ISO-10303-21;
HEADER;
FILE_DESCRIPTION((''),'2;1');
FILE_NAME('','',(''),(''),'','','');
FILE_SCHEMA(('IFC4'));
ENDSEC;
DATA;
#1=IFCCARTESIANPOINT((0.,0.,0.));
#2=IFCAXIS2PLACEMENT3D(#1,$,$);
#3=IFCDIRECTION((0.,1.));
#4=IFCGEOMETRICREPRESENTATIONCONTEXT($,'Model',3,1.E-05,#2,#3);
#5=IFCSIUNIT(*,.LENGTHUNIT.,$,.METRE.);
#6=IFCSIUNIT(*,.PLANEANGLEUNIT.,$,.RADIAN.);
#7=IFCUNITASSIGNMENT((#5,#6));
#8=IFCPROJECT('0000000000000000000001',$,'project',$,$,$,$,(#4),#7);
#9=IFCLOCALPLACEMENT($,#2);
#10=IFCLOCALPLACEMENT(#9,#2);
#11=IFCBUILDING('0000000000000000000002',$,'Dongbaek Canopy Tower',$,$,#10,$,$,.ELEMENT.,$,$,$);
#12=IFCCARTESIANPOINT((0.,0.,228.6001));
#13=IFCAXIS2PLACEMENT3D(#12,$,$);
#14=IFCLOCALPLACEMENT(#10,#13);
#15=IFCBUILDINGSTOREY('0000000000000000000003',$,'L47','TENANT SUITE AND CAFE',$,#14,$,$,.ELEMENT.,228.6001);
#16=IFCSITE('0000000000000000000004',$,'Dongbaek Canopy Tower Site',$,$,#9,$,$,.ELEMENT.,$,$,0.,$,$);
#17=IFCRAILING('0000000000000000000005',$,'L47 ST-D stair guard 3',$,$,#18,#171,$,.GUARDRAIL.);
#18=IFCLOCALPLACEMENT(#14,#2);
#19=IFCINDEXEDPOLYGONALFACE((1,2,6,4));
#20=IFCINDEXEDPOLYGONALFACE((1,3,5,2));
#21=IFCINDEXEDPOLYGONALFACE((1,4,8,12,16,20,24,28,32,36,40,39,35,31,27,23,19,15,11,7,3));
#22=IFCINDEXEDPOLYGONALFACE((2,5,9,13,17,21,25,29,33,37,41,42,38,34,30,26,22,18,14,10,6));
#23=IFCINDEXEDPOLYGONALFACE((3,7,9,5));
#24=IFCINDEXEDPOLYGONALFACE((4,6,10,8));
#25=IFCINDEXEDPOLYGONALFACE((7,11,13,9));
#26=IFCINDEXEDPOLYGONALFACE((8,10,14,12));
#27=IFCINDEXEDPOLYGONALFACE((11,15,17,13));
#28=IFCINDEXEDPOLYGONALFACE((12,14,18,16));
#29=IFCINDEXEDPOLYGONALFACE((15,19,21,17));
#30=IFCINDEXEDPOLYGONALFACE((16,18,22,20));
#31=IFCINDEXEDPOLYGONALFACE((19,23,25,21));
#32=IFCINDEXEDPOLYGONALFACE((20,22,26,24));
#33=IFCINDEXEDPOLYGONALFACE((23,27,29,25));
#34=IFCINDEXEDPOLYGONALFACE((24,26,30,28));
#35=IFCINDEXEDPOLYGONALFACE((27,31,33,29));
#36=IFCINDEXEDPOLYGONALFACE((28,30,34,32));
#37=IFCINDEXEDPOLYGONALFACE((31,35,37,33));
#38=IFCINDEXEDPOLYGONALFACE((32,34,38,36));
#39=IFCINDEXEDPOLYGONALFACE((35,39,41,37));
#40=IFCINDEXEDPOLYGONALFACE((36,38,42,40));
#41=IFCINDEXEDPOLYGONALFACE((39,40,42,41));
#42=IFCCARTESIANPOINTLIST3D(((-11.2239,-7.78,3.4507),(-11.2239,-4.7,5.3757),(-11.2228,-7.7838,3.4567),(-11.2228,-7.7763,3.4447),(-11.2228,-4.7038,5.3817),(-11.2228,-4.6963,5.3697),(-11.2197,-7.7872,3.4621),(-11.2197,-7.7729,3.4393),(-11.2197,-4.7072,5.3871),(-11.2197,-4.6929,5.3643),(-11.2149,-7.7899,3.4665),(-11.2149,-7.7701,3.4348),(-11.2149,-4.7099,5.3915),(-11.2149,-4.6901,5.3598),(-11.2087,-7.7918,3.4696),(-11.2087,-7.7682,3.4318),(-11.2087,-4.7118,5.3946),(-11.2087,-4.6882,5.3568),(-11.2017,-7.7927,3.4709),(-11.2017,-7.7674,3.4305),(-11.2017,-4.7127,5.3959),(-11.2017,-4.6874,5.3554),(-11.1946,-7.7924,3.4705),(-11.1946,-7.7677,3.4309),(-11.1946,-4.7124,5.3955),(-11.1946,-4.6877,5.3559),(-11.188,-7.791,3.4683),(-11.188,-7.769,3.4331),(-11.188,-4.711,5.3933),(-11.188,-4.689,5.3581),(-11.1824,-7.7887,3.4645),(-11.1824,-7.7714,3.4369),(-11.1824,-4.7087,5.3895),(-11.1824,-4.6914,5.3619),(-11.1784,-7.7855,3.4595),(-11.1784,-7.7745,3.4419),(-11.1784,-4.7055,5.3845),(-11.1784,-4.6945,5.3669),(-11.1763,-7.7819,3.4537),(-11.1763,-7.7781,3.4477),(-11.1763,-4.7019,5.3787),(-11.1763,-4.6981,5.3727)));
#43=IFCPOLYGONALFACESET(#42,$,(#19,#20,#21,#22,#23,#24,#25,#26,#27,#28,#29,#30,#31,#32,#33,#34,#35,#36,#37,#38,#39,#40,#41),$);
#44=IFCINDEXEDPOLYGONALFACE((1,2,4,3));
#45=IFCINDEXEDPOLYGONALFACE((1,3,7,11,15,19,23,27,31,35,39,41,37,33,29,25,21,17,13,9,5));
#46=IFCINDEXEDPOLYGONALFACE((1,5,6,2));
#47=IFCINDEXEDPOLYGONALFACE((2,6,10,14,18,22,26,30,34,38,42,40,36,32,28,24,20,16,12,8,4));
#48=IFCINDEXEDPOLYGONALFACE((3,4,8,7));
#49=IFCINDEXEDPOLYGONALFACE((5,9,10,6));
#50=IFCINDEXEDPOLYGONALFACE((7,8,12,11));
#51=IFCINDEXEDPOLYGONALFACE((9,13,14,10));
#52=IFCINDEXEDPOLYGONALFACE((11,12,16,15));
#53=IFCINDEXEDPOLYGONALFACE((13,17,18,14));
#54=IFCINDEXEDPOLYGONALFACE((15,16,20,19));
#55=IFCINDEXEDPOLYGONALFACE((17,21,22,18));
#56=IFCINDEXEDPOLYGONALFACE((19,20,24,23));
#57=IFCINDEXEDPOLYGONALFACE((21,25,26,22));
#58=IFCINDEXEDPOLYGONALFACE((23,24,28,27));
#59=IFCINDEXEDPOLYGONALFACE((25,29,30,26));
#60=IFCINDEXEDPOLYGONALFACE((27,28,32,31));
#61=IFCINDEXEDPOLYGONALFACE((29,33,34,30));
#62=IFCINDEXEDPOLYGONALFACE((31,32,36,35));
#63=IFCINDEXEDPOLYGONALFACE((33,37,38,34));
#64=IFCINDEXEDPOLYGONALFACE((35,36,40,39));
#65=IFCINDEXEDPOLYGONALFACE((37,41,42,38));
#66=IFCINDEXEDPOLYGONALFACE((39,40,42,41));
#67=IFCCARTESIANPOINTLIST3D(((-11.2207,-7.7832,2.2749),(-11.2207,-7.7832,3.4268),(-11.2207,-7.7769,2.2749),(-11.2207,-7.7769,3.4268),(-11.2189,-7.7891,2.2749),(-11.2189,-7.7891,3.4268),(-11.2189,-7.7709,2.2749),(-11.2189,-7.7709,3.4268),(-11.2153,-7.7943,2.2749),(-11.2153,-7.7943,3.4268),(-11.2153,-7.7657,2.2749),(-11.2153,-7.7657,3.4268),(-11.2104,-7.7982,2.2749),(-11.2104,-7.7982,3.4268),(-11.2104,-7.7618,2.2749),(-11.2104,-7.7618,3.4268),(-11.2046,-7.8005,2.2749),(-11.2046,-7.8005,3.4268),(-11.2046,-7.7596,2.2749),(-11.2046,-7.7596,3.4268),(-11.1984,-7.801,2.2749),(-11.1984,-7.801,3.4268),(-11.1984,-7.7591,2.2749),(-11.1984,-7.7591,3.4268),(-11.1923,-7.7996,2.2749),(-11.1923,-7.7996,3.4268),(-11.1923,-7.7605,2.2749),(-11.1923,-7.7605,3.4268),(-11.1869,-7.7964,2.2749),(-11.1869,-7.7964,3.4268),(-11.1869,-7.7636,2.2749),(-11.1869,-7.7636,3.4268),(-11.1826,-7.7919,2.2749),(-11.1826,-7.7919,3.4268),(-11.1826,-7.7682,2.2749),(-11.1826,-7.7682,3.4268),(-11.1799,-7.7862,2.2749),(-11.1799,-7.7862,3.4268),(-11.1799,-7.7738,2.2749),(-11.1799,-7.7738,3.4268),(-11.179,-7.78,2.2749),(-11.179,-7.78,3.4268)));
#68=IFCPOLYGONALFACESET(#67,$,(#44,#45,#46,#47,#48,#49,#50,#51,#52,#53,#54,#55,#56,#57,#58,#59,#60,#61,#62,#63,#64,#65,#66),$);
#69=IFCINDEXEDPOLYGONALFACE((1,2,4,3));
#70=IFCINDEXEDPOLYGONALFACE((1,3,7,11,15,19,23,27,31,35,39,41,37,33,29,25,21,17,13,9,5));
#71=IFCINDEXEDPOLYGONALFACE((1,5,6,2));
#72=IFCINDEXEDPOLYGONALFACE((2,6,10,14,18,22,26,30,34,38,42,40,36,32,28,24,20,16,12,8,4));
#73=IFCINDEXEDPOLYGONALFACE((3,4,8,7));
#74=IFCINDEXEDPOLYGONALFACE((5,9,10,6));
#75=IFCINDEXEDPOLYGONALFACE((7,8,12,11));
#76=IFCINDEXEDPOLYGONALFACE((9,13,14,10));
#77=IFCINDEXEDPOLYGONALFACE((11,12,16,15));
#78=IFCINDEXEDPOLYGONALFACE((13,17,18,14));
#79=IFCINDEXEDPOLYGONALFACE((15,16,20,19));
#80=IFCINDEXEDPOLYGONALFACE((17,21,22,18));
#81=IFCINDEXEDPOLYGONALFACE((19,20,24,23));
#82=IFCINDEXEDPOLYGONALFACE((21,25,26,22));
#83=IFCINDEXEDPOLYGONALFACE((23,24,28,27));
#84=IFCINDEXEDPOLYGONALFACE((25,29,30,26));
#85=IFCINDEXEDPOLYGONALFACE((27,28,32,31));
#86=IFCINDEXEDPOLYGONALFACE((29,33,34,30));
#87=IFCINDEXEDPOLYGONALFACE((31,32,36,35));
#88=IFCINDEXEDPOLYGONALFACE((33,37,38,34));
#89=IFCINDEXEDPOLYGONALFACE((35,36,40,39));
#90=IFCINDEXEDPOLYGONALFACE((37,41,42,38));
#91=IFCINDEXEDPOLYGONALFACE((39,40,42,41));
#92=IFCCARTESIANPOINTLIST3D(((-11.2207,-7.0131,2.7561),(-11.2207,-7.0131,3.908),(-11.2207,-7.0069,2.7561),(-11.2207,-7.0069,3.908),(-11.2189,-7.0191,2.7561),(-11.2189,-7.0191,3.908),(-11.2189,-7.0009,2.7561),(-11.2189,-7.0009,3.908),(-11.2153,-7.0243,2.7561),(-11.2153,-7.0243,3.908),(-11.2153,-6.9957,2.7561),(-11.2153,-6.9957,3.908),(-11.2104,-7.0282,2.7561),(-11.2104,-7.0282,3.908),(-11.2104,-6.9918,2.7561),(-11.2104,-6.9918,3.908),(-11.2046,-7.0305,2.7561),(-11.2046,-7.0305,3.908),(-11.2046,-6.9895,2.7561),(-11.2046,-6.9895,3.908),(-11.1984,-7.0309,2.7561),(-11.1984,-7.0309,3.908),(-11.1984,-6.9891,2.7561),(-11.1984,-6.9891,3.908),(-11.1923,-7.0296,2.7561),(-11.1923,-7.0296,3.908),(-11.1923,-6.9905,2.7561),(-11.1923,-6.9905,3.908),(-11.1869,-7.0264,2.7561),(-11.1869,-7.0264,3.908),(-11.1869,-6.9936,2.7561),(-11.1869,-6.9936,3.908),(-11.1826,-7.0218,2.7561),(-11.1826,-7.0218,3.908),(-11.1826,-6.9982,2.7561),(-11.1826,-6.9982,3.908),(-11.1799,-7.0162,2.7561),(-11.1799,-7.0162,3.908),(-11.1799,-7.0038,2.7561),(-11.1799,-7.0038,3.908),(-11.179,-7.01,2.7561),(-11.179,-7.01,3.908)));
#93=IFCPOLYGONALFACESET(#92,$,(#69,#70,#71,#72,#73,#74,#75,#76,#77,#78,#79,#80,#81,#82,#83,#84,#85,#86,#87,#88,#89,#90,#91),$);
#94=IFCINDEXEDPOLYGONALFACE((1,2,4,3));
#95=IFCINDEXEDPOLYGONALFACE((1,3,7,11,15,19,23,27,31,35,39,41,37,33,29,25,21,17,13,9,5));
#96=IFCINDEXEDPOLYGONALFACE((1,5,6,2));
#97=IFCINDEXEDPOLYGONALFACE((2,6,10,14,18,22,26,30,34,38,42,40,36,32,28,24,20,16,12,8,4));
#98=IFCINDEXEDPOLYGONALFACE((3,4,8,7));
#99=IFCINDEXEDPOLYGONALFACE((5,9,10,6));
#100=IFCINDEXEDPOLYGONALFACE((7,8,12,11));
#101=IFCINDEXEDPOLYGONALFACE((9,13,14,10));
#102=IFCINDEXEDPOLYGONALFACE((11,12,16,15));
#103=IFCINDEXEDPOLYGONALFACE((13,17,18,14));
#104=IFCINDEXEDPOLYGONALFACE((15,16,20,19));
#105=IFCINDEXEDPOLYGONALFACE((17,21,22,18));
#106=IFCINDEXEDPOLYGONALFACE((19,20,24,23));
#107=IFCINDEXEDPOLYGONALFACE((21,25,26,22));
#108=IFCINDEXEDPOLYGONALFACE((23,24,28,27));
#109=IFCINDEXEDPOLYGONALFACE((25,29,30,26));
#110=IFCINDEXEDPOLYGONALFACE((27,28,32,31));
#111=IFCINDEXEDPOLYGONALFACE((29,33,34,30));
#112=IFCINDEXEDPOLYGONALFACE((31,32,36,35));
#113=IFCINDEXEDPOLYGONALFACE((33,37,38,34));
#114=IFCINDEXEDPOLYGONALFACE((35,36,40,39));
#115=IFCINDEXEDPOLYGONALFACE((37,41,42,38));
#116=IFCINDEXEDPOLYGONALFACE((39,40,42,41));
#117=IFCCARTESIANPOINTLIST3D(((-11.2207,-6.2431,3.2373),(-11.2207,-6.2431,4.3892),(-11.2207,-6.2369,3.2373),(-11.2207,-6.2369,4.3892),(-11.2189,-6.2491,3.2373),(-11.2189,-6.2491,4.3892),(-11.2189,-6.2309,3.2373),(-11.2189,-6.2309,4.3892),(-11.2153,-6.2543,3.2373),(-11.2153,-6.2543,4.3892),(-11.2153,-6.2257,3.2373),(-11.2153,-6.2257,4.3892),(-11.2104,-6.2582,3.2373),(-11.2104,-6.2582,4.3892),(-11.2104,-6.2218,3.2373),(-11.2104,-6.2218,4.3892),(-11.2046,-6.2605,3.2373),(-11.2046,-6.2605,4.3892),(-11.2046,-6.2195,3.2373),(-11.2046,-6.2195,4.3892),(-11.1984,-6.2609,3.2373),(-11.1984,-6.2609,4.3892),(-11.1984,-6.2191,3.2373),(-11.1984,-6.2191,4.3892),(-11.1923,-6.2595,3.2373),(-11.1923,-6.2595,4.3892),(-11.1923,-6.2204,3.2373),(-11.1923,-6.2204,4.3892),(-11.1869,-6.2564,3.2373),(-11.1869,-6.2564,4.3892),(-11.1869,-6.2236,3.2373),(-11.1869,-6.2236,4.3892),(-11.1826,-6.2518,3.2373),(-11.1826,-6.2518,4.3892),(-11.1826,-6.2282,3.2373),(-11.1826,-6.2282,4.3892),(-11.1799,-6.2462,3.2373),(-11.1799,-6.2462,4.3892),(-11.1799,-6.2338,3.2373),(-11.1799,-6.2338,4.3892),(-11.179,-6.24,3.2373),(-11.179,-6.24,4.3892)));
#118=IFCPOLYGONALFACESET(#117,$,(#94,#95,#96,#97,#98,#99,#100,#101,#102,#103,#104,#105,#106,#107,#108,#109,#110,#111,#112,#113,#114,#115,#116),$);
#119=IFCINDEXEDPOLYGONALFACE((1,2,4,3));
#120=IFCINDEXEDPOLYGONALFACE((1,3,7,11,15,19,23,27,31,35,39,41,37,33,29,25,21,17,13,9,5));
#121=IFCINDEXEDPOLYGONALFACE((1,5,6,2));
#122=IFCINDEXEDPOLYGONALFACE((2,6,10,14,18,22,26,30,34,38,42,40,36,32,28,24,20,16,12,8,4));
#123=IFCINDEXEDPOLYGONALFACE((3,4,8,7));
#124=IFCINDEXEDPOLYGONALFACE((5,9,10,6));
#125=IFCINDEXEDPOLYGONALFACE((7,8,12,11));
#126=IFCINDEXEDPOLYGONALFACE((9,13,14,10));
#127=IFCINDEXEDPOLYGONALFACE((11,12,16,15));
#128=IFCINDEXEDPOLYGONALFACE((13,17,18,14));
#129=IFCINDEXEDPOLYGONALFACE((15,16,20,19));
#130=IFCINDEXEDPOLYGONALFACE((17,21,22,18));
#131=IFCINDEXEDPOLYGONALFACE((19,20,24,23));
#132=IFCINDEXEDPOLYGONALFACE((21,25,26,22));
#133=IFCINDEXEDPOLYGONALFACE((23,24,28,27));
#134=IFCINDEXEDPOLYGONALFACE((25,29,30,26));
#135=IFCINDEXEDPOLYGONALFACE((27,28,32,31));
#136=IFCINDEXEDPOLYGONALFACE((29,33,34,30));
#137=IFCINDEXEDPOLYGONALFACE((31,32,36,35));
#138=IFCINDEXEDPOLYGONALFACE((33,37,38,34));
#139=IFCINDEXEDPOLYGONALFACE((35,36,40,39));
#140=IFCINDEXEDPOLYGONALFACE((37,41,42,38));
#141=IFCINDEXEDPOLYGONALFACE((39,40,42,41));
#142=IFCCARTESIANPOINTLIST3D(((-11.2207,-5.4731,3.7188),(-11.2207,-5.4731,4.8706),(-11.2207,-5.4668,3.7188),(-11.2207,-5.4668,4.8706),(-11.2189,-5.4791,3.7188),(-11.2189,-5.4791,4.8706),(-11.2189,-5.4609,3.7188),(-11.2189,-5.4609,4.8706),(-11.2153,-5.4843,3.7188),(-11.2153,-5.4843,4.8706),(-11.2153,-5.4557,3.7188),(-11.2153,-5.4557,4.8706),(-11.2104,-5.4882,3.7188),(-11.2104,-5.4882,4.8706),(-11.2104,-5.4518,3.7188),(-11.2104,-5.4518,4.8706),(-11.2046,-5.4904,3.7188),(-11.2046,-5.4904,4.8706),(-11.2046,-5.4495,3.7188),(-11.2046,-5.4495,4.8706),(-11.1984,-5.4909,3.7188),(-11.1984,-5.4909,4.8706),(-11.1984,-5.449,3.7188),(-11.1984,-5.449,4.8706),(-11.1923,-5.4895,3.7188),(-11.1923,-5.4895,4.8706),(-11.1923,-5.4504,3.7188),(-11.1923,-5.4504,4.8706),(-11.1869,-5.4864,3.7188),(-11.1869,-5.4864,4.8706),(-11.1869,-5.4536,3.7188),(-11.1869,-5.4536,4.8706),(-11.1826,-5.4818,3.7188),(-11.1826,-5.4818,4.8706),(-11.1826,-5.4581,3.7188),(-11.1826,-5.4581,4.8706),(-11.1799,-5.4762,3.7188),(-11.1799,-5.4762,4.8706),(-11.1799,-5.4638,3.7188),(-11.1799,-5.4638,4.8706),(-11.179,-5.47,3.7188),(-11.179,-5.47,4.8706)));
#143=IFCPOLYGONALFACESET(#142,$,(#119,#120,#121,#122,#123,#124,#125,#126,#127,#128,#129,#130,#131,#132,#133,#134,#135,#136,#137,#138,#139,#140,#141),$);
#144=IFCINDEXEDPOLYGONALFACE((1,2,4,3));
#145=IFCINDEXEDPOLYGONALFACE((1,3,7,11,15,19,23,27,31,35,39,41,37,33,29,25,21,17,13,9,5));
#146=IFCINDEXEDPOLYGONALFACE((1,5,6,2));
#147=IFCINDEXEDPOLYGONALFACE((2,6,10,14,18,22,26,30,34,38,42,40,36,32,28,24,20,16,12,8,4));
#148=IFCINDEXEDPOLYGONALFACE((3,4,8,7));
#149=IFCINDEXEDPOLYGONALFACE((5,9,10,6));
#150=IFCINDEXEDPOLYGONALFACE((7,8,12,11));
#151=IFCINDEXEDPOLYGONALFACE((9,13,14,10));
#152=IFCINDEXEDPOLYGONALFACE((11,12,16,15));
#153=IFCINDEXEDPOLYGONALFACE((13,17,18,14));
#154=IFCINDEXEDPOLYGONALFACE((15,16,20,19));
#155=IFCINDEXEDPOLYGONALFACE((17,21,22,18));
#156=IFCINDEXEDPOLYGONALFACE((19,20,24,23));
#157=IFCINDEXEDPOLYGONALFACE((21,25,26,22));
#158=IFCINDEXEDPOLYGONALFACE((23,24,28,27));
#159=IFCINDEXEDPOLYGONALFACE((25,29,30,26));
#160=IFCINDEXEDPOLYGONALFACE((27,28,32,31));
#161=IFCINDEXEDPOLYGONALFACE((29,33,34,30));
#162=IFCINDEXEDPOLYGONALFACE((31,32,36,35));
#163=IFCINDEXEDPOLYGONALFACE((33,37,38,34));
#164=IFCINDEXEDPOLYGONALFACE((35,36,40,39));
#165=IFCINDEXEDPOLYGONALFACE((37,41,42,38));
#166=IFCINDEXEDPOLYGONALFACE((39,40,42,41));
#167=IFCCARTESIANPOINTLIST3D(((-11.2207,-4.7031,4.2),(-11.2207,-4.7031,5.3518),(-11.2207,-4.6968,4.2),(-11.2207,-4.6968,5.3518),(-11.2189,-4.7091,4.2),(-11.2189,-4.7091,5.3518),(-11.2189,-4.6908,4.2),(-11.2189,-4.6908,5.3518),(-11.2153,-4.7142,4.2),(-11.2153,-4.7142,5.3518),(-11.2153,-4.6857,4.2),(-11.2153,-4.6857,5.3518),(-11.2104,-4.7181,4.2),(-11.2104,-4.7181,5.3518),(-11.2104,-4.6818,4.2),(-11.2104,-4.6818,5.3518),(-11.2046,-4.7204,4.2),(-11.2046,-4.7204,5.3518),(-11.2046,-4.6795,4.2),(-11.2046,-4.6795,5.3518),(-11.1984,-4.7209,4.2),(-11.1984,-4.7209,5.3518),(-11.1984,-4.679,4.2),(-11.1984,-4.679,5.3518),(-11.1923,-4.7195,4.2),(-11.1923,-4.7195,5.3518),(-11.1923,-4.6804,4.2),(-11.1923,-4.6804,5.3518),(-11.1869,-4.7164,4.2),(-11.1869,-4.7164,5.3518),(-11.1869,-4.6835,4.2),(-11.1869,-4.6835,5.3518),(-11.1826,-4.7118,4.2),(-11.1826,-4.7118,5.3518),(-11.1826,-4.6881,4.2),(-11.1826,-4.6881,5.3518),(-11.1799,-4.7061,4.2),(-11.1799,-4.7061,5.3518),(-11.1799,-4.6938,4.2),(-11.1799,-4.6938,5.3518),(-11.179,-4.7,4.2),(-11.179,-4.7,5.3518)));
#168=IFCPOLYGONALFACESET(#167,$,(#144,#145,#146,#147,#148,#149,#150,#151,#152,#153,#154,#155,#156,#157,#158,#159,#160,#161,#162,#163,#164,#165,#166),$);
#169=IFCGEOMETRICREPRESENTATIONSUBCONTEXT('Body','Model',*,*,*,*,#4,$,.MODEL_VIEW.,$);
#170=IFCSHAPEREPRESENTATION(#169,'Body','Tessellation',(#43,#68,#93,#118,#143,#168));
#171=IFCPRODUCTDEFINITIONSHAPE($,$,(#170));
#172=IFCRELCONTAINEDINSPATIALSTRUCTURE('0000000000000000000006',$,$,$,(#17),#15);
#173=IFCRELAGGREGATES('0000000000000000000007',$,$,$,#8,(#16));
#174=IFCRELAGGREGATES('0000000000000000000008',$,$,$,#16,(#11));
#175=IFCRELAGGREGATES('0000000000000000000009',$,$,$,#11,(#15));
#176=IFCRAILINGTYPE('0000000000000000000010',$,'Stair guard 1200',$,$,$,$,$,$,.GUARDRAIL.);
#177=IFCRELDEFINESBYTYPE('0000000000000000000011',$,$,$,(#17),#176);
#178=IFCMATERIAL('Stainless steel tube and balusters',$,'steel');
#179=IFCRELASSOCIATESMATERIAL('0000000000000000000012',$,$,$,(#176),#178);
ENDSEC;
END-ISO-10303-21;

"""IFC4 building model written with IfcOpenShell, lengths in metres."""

from ifc_helpers import new_model, si_unit, direction, frame, origin, origin_2d, place, context, subcontext, project, spatial, circle, extrude, material, type_object, element, save


model = new_model("IFC4")

# Units and contexts
model_context = context("Model", 3, precision=1e-05, world=origin(), true_north=direction((0.0, 1.0)))
body_context = subcontext(model_context, "Body", "Model", "MODEL_VIEW")
ifc_project = project(units=[si_unit("LENGTHUNIT", "METRE"), si_unit("PLANEANGLEUNIT", "RADIAN")], contexts=[model_context])

# Site, building, storey
site_placement = place(None, origin())
site = spatial("IfcSite", under=ifc_project, at=site_placement, Name="Dongbaek Canopy Tower Site", CompositionType="ELEMENT", RefElevation=0.0)
building_placement = place(site_placement, origin())
building = spatial("IfcBuilding", under=site, at=building_placement, Name="Dongbaek Canopy Tower", CompositionType="ELEMENT")
storey_placement = place(building_placement, frame((0.0, 0.0, 228.6001)))
storey = spatial("IfcBuildingStorey", under=building, at=storey_placement, Name="L47", Description="TENANT SUITE AND CAFE", CompositionType="ELEMENT", Elevation=228.6001)

# Railing
ifc_material_1 = material(Name="Stainless steel tube and balusters", Category="steel")
railing_type_1 = type_object("IfcRailingType", Name="Stair guard 1200", PredefinedType="GUARDRAIL", material=ifc_material_1)
railing_1_placement = place(storey_placement, frame((-11.2, -7.78, 2.2749)))
element("IfcRailing", 1, at=railing_1_placement, inside=storey, type_object=railing_type_1, Name="L47 ST-D stair guard 3", PredefinedType="GUARDRAIL", context=body_context, shape_type="SweptSolid", body=[
    extrude(circle(Radius=0.0239, at=origin_2d()), frame((0.0, 0.0, 1.1758), z_axis=(0.0, 0.847998, 0.529999), x_axis=(-1.0, 0.0, 0.0)), (0.0, 0.0, 1.0), 3.6321),
    extrude(circle(Radius=0.021, at=origin_2d()), origin(), (0.0, 0.0, 1.0), 1.1519),
    extrude(circle(Radius=0.021, at=origin_2d()), frame((0.0, 0.77, 0.4812)), (0.0, 0.0, 1.0), 1.1519),
    extrude(circle(Radius=0.021, at=origin_2d()), frame((0.0, 1.54, 0.9624)), (0.0, 0.0, 1.0), 1.1519),
    extrude(circle(Radius=0.021, at=origin_2d()), frame((0.0, 2.3101, 1.4438)), (0.0, 0.0, 1.0), 1.1519),
    extrude(circle(Radius=0.021, at=origin_2d()), frame((0.0, 3.0801, 1.925)), (0.0, 0.0, 1.0), 1.1519),
])

save(model, "model.ifc")
